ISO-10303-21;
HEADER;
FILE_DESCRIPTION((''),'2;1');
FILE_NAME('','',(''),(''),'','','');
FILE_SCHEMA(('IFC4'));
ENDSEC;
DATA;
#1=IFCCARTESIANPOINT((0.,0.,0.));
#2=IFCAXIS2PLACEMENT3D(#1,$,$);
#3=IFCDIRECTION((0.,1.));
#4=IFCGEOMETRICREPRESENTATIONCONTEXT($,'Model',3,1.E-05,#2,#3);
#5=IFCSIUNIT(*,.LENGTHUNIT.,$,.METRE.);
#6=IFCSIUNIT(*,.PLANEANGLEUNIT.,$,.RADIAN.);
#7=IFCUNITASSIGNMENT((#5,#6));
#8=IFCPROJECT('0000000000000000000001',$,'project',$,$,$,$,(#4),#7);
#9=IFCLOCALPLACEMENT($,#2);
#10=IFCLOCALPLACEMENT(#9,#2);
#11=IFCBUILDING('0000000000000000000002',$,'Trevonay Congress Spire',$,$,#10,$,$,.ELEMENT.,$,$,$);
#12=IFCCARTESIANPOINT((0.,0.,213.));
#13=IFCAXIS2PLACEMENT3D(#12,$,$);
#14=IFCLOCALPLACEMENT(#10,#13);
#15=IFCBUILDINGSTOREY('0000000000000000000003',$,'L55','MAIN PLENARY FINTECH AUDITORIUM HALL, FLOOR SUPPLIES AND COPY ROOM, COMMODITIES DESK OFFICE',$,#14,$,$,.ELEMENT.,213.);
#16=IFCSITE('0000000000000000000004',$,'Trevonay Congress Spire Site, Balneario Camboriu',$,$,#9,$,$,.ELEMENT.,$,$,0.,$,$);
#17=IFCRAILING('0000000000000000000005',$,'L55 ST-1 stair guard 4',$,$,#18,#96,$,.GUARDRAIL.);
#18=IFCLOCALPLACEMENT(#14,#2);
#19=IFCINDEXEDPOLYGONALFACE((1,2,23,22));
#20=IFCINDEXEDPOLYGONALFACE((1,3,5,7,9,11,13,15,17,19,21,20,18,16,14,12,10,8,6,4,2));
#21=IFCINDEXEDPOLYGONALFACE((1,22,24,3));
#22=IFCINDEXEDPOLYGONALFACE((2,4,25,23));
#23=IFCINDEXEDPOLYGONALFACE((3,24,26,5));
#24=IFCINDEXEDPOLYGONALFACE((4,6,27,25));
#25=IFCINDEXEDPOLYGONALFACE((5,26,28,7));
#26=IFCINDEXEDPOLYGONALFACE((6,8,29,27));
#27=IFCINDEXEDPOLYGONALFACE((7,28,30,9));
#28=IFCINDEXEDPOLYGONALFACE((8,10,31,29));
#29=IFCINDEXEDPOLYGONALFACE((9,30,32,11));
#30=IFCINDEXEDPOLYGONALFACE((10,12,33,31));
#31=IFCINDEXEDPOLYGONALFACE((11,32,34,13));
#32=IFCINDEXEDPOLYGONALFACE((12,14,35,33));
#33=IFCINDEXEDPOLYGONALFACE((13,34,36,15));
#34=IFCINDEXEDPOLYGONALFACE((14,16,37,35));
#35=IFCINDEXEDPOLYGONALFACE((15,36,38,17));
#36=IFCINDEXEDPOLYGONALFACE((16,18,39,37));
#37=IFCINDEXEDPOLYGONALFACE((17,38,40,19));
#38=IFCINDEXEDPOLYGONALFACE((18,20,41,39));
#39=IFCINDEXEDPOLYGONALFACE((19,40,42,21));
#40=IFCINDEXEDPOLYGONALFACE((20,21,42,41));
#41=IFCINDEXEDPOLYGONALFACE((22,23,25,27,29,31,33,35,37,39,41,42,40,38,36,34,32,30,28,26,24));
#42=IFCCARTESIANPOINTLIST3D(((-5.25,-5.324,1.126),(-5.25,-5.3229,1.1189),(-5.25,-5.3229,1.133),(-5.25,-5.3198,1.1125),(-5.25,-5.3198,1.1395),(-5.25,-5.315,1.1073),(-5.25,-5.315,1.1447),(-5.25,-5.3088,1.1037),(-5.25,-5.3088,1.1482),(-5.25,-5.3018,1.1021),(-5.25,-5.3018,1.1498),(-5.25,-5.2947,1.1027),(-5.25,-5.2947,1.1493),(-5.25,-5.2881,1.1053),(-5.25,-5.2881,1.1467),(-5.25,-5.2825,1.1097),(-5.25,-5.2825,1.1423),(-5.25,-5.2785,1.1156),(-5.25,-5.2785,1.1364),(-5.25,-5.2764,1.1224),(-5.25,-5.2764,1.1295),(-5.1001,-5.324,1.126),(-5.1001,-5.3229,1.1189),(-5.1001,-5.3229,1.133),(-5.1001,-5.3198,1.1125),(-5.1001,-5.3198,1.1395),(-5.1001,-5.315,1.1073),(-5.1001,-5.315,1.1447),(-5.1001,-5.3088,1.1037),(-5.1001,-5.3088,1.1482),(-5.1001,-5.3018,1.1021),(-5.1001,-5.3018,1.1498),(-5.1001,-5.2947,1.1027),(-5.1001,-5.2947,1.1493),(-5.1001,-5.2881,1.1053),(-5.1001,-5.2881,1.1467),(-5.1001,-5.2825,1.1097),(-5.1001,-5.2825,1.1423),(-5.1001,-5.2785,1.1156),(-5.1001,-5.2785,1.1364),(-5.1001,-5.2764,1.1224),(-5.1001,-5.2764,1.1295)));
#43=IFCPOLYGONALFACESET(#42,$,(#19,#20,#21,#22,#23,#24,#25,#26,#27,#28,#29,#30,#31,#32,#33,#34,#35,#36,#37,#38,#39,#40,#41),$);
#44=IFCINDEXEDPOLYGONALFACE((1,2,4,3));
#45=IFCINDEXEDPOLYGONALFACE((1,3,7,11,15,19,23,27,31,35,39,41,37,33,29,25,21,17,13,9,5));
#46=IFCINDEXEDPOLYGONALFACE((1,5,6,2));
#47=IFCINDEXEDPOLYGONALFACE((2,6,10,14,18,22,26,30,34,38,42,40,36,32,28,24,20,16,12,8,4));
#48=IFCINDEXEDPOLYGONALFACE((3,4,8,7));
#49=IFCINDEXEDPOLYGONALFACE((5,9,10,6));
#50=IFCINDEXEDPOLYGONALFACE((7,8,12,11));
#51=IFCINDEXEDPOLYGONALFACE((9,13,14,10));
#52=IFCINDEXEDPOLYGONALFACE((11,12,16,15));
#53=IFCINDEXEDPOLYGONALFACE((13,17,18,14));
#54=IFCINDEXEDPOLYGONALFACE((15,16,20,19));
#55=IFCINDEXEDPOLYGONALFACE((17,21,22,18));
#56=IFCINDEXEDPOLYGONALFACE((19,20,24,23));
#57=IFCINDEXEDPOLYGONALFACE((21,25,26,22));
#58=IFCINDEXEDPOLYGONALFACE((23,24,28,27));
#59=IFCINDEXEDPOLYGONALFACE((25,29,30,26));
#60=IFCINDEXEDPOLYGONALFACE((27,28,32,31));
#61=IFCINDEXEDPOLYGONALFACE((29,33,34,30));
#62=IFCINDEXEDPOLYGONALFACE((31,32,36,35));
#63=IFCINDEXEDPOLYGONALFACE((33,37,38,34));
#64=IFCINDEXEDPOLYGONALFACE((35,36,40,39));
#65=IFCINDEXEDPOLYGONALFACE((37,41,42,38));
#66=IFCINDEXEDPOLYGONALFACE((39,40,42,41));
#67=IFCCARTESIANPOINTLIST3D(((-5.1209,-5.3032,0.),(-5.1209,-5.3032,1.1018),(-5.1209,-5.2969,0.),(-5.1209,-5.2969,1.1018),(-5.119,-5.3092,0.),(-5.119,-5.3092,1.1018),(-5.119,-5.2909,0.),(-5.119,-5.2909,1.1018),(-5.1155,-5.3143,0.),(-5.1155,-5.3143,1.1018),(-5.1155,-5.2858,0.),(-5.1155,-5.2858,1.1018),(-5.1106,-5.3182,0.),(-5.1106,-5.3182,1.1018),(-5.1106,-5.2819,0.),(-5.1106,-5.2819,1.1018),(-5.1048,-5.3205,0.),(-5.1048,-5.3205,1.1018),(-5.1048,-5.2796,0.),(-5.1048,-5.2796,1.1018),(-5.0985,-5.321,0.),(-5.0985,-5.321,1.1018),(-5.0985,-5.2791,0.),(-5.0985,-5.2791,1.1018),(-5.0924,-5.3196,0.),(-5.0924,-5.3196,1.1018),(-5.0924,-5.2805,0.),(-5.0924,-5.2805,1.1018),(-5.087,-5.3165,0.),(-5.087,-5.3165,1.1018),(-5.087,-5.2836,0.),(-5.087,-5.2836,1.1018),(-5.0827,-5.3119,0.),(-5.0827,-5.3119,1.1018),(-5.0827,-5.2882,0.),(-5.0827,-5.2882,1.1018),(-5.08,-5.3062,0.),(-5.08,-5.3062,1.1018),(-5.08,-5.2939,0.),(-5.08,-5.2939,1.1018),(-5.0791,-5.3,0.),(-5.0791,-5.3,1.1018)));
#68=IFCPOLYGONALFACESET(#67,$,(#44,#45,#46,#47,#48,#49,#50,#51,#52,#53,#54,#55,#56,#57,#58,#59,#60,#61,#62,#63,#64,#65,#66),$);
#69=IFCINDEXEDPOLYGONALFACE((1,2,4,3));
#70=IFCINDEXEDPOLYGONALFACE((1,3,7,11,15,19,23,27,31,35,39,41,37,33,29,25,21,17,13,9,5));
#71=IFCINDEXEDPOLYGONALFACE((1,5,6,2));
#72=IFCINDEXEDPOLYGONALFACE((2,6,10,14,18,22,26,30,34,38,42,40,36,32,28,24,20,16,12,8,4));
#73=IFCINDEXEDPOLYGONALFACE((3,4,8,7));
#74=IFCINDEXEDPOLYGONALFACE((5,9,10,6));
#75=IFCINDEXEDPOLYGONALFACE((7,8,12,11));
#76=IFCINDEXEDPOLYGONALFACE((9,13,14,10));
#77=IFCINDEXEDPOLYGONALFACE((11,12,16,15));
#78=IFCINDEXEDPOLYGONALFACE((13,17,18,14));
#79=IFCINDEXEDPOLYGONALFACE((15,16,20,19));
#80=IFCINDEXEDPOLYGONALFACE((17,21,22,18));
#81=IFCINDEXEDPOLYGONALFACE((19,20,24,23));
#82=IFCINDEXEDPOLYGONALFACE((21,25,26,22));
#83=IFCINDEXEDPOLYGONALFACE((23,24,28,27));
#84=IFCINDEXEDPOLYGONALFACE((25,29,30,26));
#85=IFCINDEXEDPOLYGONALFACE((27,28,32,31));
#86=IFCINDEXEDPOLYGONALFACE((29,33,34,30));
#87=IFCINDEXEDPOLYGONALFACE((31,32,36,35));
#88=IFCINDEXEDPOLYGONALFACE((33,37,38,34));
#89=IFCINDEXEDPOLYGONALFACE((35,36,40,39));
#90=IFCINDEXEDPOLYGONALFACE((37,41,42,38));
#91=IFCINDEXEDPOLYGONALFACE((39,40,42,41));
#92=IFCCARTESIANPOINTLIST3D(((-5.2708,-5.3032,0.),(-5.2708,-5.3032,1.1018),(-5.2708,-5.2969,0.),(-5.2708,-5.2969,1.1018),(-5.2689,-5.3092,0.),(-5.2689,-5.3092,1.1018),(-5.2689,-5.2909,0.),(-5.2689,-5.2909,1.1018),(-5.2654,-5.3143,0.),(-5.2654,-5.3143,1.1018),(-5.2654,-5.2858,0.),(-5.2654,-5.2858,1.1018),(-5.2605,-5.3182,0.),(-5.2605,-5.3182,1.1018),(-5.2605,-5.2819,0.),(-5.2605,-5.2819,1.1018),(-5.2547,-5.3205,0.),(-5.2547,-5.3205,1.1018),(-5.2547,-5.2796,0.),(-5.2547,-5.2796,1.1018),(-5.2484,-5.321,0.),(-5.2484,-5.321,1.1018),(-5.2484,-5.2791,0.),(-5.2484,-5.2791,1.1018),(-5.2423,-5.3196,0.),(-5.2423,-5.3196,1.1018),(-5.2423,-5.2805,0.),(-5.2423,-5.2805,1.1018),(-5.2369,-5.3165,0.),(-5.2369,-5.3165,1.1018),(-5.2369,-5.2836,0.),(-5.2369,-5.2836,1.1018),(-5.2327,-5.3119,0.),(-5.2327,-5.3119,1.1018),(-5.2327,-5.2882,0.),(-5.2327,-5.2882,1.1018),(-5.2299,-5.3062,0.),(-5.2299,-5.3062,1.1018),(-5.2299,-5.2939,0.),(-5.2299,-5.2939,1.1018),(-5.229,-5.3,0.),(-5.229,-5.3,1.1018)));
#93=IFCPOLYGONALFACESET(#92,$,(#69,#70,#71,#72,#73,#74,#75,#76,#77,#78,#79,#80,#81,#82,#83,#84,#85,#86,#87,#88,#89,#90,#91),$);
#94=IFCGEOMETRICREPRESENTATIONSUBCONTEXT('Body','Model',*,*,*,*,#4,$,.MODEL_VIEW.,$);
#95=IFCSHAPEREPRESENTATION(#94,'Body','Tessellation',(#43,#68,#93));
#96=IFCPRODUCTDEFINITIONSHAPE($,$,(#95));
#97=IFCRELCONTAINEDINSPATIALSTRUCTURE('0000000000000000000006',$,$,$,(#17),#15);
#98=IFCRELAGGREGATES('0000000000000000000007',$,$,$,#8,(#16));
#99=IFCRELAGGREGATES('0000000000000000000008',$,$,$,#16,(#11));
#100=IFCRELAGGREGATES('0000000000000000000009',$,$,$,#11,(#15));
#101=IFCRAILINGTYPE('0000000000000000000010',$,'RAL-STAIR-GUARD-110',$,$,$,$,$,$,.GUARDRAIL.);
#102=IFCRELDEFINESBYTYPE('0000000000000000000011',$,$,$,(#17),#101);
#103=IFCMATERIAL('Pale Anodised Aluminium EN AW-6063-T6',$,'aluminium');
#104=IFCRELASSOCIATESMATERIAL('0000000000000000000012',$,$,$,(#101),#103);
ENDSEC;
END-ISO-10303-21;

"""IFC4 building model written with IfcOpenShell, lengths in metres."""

from ifc_helpers import new_model, si_unit, direction, frame, origin, origin_2d, place, context, subcontext, project, spatial, circle, extrude, material, type_object, element, save


model = new_model("IFC4")

# Units and contexts
model_context = context("Model", 3, precision=1e-05, world=origin(), true_north=direction((0.0, 1.0)))
body_context = subcontext(model_context, "Body", "Model", "MODEL_VIEW")
ifc_project = project(units=[si_unit("LENGTHUNIT", "METRE"), si_unit("PLANEANGLEUNIT", "RADIAN")], contexts=[model_context])

# Site, building, storey
site_placement = place(None, origin())
site = spatial("IfcSite", under=ifc_project, at=site_placement, Name="Trevonay Congress Spire Site, Balneario Camboriu", CompositionType="ELEMENT", RefElevation=0.0)
building_placement = place(site_placement, origin())
building = spatial("IfcBuilding", under=site, at=building_placement, Name="Trevonay Congress Spire", CompositionType="ELEMENT")
storey_placement = place(building_placement, frame((0.0, 0.0, 213.0)))
storey = spatial("IfcBuildingStorey", under=building, at=storey_placement, Name="L55", Description="MAIN PLENARY FINTECH AUDITORIUM HALL, FLOOR SUPPLIES AND COPY ROOM, COMMODITIES DESK OFFICE", CompositionType="ELEMENT", Elevation=213.0)

# Railing
ifc_material_1 = material(Name="Pale Anodised Aluminium EN AW-6063-T6", Category="aluminium")
railing_type_1 = type_object("IfcRailingType", Name="RAL-STAIR-GUARD-110", PredefinedType="GUARDRAIL", material=ifc_material_1)
railing_1_placement = place(storey_placement, frame((-5.1001, -5.3, 0.0)))
element("IfcRailing", 1, at=railing_1_placement, inside=storey, type_object=railing_type_1, Name="L55 ST-1 stair guard 4", PredefinedType="GUARDRAIL", context=body_context, shape_type="SweptSolid", body=[
    extrude(circle(Radius=0.0239, at=origin_2d()), frame((0.0, 0.0, 1.126), z_axis=(-1.0, 0.0, 0.0), x_axis=(0.0, -1.0, 0.0)), (0.0, 0.0, 1.0), 0.1499),
    extrude(circle(Radius=0.021, at=origin_2d()), origin(), (0.0, 0.0, 1.0), 1.1018),
    extrude(circle(Radius=0.021, at=origin_2d()), frame((-0.1499, 0.0, 0.0)), (0.0, 0.0, 1.0), 1.1018),
])

save(model, "model.ifc")
